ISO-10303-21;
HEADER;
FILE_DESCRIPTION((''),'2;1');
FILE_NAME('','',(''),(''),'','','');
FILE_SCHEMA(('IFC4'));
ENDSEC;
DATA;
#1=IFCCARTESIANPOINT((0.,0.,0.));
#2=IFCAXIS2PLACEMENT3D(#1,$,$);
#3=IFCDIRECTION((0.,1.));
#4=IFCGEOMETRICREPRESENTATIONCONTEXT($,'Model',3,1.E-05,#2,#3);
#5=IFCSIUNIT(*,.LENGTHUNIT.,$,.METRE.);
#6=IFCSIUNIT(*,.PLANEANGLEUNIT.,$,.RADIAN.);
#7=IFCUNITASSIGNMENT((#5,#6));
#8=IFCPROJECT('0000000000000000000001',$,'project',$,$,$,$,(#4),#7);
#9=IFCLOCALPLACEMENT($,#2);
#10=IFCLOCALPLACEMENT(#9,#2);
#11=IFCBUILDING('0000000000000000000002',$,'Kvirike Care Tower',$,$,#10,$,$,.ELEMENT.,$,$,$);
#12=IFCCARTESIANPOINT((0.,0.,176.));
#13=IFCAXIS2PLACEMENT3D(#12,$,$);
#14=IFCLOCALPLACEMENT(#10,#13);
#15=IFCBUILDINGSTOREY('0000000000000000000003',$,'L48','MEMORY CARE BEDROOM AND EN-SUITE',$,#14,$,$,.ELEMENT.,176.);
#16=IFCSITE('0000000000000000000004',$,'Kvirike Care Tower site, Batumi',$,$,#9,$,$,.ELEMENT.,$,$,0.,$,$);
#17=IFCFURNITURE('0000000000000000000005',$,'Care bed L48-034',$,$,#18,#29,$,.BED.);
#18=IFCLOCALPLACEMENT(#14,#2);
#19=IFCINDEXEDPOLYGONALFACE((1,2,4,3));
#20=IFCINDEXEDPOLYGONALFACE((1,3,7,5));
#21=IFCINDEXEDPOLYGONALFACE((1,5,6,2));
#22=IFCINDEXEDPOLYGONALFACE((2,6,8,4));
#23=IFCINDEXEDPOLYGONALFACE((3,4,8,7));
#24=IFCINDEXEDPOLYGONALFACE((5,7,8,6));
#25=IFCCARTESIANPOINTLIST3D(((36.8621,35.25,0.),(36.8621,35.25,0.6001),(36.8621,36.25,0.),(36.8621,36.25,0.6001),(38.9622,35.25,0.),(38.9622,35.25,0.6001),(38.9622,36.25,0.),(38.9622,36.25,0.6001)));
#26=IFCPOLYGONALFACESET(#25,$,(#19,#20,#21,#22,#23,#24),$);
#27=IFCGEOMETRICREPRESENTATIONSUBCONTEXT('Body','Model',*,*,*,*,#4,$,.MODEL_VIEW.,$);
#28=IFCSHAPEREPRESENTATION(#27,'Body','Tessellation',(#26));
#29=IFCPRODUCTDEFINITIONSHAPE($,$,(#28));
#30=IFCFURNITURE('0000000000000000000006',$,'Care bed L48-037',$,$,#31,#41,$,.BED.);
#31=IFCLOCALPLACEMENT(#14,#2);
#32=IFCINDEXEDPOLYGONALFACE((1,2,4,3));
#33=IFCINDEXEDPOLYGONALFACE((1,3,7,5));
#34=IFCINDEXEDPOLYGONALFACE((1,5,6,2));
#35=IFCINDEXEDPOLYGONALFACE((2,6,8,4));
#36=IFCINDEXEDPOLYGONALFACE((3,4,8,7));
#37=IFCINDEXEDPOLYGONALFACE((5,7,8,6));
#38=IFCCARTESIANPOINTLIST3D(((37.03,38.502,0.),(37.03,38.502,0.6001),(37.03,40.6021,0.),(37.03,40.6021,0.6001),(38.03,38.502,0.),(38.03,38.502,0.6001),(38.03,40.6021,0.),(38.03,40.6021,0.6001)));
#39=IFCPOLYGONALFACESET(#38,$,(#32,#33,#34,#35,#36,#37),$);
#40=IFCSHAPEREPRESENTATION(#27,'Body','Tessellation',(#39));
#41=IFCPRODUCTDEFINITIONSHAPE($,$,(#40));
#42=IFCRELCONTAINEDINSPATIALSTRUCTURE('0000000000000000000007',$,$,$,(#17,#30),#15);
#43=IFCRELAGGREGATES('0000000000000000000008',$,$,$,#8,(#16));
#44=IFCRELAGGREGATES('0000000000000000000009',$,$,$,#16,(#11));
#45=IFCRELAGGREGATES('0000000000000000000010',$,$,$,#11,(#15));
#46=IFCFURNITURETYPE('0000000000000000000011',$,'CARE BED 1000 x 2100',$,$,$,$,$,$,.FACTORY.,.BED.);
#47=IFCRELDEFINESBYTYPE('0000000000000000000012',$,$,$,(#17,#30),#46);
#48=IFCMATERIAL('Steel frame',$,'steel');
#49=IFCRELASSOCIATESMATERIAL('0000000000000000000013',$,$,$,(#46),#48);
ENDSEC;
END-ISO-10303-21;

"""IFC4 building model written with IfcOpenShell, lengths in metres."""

from ifc_helpers import new_model, si_unit, direction, frame, origin, origin_2d, place, context, subcontext, project, spatial, rectangle, extrude, material, type_object, element, save


model = new_model("IFC4")

# Units and contexts
model_context = context("Model", 3, precision=1e-05, world=origin(), true_north=direction((0.0, 1.0)))
body_context = subcontext(model_context, "Body", "Model", "MODEL_VIEW")
ifc_project = project(units=[si_unit("LENGTHUNIT", "METRE"), si_unit("PLANEANGLEUNIT", "RADIAN")], contexts=[model_context])

# Site, building, storey
site_placement = place(None, origin())
site = spatial("IfcSite", under=ifc_project, at=site_placement, Name="Kvirike Care Tower site, Batumi", CompositionType="ELEMENT", RefElevation=0.0)
building_placement = place(site_placement, origin())
building = spatial("IfcBuilding", under=site, at=building_placement, Name="Kvirike Care Tower", CompositionType="ELEMENT")
storey_placement = place(building_placement, frame((0.0, 0.0, 176.0)))
storey = spatial("IfcBuildingStorey", under=building, at=storey_placement, Name="L48", Description="MEMORY CARE BEDROOM AND EN-SUITE", CompositionType="ELEMENT", Elevation=176.0)

# Furniture
ifc_material_1 = material(Name="Steel frame", Category="steel")
furniture_type = type_object("IfcFurnitureType", Name="CARE BED 1000 x 2100", AssemblyPlace="FACTORY", PredefinedType="BED", material=ifc_material_1)
for number, where, z_axis, x_axis, name in (
    (1, (37.9121, 35.75, 0.0), (0.0, 0.0, 1.0), (0.0, 1.0, 0.0), "Care bed L48-034"),
    (2, (37.53, 39.552, 0.0), (0.0, 0.0, 1.0), (-1.0, 0.0, 0.0), "Care bed L48-037"),
):
    element("IfcFurniture", number, at=place(storey_placement, frame(where, z_axis=z_axis, x_axis=x_axis)), inside=storey, type_object=furniture_type, Name=name, PredefinedType="BED", context=body_context, shape_type="SweptSolid", body=[
        extrude(rectangle(XDim=1.0, YDim=2.1001, at=origin_2d()), origin(), (0.0, 0.0, 1.0), 0.6001),
    ])

save(model, "model.ifc")
